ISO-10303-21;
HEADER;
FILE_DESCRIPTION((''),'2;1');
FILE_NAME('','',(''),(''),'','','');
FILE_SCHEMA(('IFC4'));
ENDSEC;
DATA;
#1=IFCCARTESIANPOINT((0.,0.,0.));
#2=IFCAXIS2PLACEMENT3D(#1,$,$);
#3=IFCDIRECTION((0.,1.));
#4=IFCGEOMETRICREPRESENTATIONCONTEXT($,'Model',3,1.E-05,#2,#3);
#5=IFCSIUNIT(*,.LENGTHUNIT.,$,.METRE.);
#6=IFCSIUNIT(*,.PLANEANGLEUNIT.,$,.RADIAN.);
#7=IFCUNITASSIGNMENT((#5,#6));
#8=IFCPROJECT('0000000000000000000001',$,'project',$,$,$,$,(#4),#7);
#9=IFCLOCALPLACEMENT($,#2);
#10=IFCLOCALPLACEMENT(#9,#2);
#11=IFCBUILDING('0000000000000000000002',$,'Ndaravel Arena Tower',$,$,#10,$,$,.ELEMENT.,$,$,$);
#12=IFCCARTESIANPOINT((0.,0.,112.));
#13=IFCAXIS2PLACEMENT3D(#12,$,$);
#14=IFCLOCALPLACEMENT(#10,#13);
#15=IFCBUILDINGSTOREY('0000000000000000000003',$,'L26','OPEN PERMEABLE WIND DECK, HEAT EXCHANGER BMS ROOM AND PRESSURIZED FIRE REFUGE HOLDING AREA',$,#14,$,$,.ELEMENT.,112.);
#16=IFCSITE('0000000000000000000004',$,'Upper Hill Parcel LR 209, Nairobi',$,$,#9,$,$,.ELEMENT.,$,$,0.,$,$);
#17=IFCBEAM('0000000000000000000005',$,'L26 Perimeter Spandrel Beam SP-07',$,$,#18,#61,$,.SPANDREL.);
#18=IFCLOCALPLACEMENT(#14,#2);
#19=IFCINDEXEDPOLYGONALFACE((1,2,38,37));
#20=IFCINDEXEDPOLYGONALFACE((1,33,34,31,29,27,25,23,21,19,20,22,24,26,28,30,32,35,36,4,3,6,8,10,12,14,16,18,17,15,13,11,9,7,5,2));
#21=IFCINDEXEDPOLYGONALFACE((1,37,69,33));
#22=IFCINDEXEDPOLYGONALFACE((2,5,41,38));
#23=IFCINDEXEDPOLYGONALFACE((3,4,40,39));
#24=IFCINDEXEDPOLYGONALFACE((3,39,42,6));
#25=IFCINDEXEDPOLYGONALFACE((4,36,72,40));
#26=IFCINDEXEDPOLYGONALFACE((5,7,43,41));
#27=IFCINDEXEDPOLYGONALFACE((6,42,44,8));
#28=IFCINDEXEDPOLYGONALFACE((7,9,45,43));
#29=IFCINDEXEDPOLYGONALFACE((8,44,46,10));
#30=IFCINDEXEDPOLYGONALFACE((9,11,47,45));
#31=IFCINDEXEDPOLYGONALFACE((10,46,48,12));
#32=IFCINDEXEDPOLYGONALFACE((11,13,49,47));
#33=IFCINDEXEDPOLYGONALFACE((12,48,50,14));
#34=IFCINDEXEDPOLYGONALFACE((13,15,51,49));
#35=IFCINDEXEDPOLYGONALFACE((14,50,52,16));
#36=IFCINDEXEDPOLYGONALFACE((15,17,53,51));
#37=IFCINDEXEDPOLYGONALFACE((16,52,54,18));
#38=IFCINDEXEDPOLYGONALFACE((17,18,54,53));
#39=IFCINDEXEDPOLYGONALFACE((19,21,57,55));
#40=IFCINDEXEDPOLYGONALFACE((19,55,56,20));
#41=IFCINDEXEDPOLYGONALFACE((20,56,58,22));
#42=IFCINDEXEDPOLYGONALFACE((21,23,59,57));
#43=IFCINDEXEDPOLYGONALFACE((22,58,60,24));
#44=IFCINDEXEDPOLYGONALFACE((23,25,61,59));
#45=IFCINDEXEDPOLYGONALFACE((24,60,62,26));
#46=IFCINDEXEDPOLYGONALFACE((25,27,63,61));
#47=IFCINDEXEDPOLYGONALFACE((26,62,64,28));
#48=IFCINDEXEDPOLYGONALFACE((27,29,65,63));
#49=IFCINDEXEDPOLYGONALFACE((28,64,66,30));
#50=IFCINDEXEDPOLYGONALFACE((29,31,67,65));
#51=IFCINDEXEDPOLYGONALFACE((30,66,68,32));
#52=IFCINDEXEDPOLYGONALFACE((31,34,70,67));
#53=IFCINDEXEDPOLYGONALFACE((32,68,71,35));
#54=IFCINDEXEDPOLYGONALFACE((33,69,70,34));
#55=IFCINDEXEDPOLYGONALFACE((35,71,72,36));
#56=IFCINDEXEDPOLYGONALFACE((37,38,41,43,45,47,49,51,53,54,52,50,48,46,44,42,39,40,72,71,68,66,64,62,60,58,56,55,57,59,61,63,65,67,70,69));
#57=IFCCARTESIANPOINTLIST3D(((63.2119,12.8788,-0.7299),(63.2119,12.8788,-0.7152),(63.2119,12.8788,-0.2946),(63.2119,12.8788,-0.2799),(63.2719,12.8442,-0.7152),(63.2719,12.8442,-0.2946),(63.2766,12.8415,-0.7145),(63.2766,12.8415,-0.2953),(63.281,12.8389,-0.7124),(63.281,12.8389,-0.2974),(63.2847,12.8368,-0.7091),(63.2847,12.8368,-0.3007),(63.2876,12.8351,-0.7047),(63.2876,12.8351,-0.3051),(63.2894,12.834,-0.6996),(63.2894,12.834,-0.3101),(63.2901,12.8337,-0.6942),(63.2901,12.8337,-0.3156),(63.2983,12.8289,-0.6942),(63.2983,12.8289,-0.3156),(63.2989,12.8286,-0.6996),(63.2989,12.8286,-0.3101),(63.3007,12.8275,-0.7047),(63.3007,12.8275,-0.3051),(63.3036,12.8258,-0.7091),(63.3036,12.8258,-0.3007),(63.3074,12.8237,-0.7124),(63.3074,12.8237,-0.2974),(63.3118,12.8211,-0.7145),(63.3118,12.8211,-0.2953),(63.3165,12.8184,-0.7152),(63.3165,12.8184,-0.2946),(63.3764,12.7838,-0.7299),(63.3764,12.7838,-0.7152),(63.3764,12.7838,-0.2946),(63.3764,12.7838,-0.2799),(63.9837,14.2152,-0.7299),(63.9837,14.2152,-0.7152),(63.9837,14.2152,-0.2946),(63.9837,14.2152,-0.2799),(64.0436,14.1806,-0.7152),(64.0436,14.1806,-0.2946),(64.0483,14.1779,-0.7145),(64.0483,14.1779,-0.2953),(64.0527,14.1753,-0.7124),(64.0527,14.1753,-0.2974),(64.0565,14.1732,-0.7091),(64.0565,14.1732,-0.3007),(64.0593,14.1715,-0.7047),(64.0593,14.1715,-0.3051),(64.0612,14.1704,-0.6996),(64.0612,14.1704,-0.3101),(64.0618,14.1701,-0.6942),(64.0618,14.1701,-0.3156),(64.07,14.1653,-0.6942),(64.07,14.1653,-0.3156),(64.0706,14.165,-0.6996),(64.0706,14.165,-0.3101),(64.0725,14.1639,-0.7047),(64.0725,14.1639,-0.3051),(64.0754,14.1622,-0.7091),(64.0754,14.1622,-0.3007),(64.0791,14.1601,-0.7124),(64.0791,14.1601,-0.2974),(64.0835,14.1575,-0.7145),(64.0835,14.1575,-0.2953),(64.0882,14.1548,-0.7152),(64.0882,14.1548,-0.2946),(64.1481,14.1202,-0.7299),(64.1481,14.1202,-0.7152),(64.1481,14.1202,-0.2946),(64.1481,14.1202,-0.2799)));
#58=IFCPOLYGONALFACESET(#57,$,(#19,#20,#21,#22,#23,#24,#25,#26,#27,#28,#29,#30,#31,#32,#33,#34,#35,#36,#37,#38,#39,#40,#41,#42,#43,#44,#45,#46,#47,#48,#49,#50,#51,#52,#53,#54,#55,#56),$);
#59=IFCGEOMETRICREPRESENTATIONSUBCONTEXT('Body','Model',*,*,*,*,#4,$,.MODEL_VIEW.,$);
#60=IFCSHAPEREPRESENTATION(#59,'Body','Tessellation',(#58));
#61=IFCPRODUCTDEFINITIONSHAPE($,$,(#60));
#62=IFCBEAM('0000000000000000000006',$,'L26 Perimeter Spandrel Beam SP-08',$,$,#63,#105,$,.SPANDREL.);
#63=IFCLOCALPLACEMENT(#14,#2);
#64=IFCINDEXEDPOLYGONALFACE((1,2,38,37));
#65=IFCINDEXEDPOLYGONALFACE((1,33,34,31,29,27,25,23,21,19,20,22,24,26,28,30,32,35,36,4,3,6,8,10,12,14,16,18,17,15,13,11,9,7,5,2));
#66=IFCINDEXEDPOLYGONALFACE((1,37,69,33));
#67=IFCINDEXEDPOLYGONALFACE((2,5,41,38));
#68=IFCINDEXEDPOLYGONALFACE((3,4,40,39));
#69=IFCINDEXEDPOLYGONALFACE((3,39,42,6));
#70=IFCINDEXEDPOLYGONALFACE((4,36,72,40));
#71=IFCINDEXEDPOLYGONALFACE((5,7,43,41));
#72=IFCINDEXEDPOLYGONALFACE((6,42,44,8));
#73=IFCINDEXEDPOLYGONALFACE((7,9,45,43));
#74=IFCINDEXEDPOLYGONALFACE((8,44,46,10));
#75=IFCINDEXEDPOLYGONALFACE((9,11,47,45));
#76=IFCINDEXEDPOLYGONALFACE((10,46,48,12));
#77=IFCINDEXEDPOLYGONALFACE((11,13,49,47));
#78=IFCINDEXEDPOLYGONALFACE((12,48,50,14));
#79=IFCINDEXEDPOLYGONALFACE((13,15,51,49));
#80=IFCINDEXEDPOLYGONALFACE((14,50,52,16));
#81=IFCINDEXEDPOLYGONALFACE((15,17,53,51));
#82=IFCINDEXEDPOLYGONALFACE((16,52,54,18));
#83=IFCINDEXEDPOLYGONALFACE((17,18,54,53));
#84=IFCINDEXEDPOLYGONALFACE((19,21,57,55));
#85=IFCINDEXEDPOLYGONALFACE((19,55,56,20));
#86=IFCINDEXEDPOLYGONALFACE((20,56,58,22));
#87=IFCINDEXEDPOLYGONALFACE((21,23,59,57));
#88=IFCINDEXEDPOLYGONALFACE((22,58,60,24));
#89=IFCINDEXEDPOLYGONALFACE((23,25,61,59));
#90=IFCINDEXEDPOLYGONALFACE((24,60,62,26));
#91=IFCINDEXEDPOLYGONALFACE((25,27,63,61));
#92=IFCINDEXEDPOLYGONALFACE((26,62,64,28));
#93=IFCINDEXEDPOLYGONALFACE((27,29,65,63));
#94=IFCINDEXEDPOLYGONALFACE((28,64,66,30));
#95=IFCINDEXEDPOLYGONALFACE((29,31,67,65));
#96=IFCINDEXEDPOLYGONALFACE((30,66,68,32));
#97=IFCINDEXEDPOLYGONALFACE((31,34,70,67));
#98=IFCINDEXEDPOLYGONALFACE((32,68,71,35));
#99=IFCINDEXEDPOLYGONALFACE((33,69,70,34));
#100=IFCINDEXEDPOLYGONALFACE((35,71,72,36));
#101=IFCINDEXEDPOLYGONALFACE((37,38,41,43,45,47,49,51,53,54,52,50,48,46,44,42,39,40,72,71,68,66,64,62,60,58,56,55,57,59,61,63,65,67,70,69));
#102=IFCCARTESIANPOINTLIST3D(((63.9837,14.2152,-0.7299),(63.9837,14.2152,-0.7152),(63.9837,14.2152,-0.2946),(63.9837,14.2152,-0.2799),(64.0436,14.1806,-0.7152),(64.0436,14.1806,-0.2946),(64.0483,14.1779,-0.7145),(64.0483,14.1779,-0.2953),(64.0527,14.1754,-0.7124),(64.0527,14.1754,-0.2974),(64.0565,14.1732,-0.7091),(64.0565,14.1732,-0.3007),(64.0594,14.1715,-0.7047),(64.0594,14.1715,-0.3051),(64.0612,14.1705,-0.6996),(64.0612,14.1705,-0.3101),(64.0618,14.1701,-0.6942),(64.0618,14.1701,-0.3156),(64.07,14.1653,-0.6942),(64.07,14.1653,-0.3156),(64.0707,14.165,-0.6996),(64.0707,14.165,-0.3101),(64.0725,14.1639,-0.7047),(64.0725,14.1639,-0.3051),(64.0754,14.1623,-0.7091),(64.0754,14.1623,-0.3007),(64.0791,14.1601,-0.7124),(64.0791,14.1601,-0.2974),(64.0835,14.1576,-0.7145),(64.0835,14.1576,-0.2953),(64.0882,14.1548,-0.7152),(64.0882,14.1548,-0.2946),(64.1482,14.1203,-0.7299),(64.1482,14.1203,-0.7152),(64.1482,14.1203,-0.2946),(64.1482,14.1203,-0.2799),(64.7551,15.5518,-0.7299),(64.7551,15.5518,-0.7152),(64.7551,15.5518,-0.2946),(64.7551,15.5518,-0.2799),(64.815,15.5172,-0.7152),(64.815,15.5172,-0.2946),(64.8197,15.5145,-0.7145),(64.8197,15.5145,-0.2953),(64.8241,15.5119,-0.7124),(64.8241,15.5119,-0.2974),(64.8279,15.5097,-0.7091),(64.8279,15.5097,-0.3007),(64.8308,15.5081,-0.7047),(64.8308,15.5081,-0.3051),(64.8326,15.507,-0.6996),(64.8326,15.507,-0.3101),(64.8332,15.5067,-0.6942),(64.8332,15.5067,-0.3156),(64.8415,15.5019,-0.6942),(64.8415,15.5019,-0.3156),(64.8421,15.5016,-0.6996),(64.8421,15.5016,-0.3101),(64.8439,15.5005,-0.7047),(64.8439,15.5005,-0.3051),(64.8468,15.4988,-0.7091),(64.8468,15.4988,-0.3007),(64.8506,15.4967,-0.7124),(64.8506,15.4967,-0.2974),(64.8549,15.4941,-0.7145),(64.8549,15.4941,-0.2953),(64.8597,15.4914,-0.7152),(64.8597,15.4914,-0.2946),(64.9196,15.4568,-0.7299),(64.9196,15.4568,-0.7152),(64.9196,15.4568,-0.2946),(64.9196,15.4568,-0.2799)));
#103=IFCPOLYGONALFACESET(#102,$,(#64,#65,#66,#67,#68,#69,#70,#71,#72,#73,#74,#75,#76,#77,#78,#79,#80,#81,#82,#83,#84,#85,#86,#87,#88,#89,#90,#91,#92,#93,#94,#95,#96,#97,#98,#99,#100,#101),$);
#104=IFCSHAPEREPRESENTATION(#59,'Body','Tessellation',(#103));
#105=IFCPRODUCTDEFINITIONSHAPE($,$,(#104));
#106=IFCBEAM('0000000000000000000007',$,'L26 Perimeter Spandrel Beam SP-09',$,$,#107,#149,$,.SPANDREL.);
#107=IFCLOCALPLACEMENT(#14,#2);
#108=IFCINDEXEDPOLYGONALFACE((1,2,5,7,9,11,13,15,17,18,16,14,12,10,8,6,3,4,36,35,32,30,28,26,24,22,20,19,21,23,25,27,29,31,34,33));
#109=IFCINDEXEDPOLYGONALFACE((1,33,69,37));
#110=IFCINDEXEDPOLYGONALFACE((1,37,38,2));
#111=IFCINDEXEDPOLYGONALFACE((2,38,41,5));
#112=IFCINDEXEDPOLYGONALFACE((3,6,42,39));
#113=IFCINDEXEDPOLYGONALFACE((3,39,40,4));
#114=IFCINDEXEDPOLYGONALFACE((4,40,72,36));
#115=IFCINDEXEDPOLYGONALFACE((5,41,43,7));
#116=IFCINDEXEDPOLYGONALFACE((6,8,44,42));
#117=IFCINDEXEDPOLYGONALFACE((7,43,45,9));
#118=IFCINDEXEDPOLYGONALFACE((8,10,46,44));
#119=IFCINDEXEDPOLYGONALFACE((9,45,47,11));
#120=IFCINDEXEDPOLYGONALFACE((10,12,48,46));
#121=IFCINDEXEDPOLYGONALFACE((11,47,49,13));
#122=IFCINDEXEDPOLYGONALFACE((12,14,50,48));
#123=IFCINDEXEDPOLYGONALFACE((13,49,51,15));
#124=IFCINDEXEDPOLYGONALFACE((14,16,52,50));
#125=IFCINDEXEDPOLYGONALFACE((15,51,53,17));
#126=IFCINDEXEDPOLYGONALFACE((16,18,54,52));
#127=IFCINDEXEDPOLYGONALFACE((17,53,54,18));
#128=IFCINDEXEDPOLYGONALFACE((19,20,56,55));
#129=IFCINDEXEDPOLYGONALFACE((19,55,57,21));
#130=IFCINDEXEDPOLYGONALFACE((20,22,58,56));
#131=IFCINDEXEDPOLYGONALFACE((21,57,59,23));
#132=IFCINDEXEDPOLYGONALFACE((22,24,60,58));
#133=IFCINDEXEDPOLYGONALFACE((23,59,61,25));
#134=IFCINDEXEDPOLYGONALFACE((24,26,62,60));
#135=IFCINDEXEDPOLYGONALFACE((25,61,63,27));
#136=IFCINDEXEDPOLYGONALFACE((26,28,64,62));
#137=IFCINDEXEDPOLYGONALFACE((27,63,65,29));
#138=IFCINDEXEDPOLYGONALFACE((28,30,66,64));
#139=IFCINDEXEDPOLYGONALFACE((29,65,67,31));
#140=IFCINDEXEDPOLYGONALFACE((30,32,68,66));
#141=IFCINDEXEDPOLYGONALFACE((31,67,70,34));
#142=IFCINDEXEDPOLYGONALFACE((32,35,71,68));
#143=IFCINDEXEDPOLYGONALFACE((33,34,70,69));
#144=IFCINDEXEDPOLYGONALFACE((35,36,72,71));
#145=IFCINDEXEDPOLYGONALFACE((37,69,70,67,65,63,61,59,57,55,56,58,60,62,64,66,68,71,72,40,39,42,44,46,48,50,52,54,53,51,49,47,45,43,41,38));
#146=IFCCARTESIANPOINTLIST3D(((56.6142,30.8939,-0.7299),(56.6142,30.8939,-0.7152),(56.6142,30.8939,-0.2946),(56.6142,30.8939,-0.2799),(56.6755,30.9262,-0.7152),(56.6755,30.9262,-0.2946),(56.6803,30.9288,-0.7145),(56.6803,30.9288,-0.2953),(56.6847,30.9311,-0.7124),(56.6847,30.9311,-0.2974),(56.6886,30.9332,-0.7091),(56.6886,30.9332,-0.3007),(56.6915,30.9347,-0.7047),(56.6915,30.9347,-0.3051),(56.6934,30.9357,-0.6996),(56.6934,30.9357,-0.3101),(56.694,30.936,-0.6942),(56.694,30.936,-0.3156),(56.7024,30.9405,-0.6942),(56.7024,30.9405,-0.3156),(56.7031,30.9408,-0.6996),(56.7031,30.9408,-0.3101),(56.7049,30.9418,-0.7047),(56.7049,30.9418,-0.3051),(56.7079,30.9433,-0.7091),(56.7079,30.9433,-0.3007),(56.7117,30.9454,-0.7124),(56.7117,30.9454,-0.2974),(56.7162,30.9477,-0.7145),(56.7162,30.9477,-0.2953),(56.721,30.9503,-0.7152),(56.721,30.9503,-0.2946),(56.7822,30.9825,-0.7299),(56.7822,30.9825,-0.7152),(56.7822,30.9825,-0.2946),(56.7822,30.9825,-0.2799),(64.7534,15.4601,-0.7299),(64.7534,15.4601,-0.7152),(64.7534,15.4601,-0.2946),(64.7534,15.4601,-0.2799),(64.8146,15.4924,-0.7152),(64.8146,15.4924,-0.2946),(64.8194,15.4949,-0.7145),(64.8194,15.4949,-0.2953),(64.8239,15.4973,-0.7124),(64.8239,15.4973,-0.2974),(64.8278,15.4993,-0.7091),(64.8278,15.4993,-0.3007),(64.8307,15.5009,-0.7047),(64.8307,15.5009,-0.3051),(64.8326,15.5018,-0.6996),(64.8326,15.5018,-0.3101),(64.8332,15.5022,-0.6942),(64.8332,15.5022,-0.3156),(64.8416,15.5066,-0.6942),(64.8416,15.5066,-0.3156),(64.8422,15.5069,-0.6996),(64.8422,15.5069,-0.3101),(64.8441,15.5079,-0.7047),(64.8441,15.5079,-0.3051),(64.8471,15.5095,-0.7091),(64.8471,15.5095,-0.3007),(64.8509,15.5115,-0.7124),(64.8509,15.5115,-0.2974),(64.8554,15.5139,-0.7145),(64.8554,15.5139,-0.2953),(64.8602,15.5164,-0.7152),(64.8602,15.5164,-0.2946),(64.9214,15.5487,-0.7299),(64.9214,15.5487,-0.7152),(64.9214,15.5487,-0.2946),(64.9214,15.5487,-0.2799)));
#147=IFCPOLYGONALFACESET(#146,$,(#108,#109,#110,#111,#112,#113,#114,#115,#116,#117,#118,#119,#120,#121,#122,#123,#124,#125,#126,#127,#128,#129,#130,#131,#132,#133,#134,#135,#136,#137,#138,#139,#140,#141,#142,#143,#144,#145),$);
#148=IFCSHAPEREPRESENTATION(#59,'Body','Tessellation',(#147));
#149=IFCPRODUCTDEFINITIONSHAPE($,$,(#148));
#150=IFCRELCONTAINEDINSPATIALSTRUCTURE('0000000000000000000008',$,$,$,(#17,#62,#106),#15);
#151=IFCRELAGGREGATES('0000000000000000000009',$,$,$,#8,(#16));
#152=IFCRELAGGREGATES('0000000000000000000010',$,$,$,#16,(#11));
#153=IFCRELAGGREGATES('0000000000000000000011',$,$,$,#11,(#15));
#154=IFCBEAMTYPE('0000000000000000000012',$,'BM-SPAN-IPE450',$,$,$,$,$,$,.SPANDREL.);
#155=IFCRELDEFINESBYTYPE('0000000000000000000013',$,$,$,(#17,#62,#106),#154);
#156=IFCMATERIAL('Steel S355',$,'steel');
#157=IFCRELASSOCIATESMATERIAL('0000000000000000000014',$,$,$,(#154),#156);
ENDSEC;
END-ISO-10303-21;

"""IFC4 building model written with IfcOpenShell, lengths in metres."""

from ifc_helpers import new_model, si_unit, direction, frame, origin, origin_2d, place, context, subcontext, project, spatial, i_section, extrude, material, material_profile, profile_set, type_object, element, save


model = new_model("IFC4")

# Units and contexts
model_context = context("Model", 3, precision=1e-05, world=origin(), true_north=direction((0.0, 1.0)))
body_context = subcontext(model_context, "Body", "Model", "MODEL_VIEW")
ifc_project = project(units=[si_unit("LENGTHUNIT", "METRE"), si_unit("PLANEANGLEUNIT", "RADIAN")], contexts=[model_context])

# Site, building, storey
site_placement = place(None, origin())
site = spatial("IfcSite", under=ifc_project, at=site_placement, Name="Upper Hill Parcel LR 209, Nairobi", CompositionType="ELEMENT", RefElevation=0.0)
building_placement = place(site_placement, origin())
building = spatial("IfcBuilding", under=site, at=building_placement, Name="Ndaravel Arena Tower", CompositionType="ELEMENT")
storey_placement = place(building_placement, frame((0.0, 0.0, 112.0)))
storey = spatial("IfcBuildingStorey", under=building, at=storey_placement, Name="L26", Description="OPEN PERMEABLE WIND DECK, HEAT EXCHANGER BMS ROOM AND PRESSURIZED FIRE REFUGE HOLDING AREA", CompositionType="ELEMENT", Elevation=112.0)

# Beams
ifc_material_1 = material(Name="Steel S355", Category="steel")
ifc_material_profile_1 = material_profile(ifc_material_1, i_section(OverallWidth=0.1899, OverallDepth=0.45, WebThickness=0.0095, FlangeThickness=0.0146, FilletRadius=0.021, at=origin_2d()), Name="IPE 450")
ifc_profile_set_1 = profile_set([ifc_material_profile_1], Name="Steel S355")
beam_type_1 = type_object("IfcBeamType", Name="BM-SPAN-IPE450", PredefinedType="SPANDREL", material=ifc_profile_set_1)
for number, where, z_axis, x_axis, name in (
    (1, (63.2942, 12.8313, -0.5049), (0.500069, 0.865985, 0.0), (-0.865985, 0.500069, 0.0), "L26 Perimeter Spandrel Beam SP-07"),
    (2, (64.0659, 14.1677, -0.5049), (0.499882, 0.866093, 0.0), (-0.866093, 0.499882, 0.0), "L26 Perimeter Spandrel Beam SP-08"),
):
    element("IfcBeam", number, at=place(storey_placement, frame(where, z_axis=z_axis, x_axis=x_axis)), inside=storey, type_object=beam_type_1, Name=name, PredefinedType="SPANDREL", context=body_context, shape_type="SweptSolid", body=[
        extrude(i_section(OverallWidth=0.1899, OverallDepth=0.45, WebThickness=0.0095, FlangeThickness=0.0146, FilletRadius=0.021, at=origin_2d()), origin(), (0.0, 0.0, 1.0), 1.5432),
    ])
beam_1_placement = place(storey_placement, frame((64.8374, 15.5044, -0.5049), z_axis=(-0.466468, 0.884538, 0.0), x_axis=(-0.884538, -0.466468, 0.0)))
element("IfcBeam", 3, at=beam_1_placement, inside=storey, type_object=beam_type_1, Name="L26 Perimeter Spandrel Beam SP-09", PredefinedType="SPANDREL", context=body_context, shape_type="SweptSolid", body=[
    extrude(i_section(OverallWidth=0.1899, OverallDepth=0.45, WebThickness=0.0095, FlangeThickness=0.0146, FilletRadius=0.021, at=origin_2d()), origin(), (0.0, 0.0, 1.0), 17.4485),
])

save(model, "model.ifc")
